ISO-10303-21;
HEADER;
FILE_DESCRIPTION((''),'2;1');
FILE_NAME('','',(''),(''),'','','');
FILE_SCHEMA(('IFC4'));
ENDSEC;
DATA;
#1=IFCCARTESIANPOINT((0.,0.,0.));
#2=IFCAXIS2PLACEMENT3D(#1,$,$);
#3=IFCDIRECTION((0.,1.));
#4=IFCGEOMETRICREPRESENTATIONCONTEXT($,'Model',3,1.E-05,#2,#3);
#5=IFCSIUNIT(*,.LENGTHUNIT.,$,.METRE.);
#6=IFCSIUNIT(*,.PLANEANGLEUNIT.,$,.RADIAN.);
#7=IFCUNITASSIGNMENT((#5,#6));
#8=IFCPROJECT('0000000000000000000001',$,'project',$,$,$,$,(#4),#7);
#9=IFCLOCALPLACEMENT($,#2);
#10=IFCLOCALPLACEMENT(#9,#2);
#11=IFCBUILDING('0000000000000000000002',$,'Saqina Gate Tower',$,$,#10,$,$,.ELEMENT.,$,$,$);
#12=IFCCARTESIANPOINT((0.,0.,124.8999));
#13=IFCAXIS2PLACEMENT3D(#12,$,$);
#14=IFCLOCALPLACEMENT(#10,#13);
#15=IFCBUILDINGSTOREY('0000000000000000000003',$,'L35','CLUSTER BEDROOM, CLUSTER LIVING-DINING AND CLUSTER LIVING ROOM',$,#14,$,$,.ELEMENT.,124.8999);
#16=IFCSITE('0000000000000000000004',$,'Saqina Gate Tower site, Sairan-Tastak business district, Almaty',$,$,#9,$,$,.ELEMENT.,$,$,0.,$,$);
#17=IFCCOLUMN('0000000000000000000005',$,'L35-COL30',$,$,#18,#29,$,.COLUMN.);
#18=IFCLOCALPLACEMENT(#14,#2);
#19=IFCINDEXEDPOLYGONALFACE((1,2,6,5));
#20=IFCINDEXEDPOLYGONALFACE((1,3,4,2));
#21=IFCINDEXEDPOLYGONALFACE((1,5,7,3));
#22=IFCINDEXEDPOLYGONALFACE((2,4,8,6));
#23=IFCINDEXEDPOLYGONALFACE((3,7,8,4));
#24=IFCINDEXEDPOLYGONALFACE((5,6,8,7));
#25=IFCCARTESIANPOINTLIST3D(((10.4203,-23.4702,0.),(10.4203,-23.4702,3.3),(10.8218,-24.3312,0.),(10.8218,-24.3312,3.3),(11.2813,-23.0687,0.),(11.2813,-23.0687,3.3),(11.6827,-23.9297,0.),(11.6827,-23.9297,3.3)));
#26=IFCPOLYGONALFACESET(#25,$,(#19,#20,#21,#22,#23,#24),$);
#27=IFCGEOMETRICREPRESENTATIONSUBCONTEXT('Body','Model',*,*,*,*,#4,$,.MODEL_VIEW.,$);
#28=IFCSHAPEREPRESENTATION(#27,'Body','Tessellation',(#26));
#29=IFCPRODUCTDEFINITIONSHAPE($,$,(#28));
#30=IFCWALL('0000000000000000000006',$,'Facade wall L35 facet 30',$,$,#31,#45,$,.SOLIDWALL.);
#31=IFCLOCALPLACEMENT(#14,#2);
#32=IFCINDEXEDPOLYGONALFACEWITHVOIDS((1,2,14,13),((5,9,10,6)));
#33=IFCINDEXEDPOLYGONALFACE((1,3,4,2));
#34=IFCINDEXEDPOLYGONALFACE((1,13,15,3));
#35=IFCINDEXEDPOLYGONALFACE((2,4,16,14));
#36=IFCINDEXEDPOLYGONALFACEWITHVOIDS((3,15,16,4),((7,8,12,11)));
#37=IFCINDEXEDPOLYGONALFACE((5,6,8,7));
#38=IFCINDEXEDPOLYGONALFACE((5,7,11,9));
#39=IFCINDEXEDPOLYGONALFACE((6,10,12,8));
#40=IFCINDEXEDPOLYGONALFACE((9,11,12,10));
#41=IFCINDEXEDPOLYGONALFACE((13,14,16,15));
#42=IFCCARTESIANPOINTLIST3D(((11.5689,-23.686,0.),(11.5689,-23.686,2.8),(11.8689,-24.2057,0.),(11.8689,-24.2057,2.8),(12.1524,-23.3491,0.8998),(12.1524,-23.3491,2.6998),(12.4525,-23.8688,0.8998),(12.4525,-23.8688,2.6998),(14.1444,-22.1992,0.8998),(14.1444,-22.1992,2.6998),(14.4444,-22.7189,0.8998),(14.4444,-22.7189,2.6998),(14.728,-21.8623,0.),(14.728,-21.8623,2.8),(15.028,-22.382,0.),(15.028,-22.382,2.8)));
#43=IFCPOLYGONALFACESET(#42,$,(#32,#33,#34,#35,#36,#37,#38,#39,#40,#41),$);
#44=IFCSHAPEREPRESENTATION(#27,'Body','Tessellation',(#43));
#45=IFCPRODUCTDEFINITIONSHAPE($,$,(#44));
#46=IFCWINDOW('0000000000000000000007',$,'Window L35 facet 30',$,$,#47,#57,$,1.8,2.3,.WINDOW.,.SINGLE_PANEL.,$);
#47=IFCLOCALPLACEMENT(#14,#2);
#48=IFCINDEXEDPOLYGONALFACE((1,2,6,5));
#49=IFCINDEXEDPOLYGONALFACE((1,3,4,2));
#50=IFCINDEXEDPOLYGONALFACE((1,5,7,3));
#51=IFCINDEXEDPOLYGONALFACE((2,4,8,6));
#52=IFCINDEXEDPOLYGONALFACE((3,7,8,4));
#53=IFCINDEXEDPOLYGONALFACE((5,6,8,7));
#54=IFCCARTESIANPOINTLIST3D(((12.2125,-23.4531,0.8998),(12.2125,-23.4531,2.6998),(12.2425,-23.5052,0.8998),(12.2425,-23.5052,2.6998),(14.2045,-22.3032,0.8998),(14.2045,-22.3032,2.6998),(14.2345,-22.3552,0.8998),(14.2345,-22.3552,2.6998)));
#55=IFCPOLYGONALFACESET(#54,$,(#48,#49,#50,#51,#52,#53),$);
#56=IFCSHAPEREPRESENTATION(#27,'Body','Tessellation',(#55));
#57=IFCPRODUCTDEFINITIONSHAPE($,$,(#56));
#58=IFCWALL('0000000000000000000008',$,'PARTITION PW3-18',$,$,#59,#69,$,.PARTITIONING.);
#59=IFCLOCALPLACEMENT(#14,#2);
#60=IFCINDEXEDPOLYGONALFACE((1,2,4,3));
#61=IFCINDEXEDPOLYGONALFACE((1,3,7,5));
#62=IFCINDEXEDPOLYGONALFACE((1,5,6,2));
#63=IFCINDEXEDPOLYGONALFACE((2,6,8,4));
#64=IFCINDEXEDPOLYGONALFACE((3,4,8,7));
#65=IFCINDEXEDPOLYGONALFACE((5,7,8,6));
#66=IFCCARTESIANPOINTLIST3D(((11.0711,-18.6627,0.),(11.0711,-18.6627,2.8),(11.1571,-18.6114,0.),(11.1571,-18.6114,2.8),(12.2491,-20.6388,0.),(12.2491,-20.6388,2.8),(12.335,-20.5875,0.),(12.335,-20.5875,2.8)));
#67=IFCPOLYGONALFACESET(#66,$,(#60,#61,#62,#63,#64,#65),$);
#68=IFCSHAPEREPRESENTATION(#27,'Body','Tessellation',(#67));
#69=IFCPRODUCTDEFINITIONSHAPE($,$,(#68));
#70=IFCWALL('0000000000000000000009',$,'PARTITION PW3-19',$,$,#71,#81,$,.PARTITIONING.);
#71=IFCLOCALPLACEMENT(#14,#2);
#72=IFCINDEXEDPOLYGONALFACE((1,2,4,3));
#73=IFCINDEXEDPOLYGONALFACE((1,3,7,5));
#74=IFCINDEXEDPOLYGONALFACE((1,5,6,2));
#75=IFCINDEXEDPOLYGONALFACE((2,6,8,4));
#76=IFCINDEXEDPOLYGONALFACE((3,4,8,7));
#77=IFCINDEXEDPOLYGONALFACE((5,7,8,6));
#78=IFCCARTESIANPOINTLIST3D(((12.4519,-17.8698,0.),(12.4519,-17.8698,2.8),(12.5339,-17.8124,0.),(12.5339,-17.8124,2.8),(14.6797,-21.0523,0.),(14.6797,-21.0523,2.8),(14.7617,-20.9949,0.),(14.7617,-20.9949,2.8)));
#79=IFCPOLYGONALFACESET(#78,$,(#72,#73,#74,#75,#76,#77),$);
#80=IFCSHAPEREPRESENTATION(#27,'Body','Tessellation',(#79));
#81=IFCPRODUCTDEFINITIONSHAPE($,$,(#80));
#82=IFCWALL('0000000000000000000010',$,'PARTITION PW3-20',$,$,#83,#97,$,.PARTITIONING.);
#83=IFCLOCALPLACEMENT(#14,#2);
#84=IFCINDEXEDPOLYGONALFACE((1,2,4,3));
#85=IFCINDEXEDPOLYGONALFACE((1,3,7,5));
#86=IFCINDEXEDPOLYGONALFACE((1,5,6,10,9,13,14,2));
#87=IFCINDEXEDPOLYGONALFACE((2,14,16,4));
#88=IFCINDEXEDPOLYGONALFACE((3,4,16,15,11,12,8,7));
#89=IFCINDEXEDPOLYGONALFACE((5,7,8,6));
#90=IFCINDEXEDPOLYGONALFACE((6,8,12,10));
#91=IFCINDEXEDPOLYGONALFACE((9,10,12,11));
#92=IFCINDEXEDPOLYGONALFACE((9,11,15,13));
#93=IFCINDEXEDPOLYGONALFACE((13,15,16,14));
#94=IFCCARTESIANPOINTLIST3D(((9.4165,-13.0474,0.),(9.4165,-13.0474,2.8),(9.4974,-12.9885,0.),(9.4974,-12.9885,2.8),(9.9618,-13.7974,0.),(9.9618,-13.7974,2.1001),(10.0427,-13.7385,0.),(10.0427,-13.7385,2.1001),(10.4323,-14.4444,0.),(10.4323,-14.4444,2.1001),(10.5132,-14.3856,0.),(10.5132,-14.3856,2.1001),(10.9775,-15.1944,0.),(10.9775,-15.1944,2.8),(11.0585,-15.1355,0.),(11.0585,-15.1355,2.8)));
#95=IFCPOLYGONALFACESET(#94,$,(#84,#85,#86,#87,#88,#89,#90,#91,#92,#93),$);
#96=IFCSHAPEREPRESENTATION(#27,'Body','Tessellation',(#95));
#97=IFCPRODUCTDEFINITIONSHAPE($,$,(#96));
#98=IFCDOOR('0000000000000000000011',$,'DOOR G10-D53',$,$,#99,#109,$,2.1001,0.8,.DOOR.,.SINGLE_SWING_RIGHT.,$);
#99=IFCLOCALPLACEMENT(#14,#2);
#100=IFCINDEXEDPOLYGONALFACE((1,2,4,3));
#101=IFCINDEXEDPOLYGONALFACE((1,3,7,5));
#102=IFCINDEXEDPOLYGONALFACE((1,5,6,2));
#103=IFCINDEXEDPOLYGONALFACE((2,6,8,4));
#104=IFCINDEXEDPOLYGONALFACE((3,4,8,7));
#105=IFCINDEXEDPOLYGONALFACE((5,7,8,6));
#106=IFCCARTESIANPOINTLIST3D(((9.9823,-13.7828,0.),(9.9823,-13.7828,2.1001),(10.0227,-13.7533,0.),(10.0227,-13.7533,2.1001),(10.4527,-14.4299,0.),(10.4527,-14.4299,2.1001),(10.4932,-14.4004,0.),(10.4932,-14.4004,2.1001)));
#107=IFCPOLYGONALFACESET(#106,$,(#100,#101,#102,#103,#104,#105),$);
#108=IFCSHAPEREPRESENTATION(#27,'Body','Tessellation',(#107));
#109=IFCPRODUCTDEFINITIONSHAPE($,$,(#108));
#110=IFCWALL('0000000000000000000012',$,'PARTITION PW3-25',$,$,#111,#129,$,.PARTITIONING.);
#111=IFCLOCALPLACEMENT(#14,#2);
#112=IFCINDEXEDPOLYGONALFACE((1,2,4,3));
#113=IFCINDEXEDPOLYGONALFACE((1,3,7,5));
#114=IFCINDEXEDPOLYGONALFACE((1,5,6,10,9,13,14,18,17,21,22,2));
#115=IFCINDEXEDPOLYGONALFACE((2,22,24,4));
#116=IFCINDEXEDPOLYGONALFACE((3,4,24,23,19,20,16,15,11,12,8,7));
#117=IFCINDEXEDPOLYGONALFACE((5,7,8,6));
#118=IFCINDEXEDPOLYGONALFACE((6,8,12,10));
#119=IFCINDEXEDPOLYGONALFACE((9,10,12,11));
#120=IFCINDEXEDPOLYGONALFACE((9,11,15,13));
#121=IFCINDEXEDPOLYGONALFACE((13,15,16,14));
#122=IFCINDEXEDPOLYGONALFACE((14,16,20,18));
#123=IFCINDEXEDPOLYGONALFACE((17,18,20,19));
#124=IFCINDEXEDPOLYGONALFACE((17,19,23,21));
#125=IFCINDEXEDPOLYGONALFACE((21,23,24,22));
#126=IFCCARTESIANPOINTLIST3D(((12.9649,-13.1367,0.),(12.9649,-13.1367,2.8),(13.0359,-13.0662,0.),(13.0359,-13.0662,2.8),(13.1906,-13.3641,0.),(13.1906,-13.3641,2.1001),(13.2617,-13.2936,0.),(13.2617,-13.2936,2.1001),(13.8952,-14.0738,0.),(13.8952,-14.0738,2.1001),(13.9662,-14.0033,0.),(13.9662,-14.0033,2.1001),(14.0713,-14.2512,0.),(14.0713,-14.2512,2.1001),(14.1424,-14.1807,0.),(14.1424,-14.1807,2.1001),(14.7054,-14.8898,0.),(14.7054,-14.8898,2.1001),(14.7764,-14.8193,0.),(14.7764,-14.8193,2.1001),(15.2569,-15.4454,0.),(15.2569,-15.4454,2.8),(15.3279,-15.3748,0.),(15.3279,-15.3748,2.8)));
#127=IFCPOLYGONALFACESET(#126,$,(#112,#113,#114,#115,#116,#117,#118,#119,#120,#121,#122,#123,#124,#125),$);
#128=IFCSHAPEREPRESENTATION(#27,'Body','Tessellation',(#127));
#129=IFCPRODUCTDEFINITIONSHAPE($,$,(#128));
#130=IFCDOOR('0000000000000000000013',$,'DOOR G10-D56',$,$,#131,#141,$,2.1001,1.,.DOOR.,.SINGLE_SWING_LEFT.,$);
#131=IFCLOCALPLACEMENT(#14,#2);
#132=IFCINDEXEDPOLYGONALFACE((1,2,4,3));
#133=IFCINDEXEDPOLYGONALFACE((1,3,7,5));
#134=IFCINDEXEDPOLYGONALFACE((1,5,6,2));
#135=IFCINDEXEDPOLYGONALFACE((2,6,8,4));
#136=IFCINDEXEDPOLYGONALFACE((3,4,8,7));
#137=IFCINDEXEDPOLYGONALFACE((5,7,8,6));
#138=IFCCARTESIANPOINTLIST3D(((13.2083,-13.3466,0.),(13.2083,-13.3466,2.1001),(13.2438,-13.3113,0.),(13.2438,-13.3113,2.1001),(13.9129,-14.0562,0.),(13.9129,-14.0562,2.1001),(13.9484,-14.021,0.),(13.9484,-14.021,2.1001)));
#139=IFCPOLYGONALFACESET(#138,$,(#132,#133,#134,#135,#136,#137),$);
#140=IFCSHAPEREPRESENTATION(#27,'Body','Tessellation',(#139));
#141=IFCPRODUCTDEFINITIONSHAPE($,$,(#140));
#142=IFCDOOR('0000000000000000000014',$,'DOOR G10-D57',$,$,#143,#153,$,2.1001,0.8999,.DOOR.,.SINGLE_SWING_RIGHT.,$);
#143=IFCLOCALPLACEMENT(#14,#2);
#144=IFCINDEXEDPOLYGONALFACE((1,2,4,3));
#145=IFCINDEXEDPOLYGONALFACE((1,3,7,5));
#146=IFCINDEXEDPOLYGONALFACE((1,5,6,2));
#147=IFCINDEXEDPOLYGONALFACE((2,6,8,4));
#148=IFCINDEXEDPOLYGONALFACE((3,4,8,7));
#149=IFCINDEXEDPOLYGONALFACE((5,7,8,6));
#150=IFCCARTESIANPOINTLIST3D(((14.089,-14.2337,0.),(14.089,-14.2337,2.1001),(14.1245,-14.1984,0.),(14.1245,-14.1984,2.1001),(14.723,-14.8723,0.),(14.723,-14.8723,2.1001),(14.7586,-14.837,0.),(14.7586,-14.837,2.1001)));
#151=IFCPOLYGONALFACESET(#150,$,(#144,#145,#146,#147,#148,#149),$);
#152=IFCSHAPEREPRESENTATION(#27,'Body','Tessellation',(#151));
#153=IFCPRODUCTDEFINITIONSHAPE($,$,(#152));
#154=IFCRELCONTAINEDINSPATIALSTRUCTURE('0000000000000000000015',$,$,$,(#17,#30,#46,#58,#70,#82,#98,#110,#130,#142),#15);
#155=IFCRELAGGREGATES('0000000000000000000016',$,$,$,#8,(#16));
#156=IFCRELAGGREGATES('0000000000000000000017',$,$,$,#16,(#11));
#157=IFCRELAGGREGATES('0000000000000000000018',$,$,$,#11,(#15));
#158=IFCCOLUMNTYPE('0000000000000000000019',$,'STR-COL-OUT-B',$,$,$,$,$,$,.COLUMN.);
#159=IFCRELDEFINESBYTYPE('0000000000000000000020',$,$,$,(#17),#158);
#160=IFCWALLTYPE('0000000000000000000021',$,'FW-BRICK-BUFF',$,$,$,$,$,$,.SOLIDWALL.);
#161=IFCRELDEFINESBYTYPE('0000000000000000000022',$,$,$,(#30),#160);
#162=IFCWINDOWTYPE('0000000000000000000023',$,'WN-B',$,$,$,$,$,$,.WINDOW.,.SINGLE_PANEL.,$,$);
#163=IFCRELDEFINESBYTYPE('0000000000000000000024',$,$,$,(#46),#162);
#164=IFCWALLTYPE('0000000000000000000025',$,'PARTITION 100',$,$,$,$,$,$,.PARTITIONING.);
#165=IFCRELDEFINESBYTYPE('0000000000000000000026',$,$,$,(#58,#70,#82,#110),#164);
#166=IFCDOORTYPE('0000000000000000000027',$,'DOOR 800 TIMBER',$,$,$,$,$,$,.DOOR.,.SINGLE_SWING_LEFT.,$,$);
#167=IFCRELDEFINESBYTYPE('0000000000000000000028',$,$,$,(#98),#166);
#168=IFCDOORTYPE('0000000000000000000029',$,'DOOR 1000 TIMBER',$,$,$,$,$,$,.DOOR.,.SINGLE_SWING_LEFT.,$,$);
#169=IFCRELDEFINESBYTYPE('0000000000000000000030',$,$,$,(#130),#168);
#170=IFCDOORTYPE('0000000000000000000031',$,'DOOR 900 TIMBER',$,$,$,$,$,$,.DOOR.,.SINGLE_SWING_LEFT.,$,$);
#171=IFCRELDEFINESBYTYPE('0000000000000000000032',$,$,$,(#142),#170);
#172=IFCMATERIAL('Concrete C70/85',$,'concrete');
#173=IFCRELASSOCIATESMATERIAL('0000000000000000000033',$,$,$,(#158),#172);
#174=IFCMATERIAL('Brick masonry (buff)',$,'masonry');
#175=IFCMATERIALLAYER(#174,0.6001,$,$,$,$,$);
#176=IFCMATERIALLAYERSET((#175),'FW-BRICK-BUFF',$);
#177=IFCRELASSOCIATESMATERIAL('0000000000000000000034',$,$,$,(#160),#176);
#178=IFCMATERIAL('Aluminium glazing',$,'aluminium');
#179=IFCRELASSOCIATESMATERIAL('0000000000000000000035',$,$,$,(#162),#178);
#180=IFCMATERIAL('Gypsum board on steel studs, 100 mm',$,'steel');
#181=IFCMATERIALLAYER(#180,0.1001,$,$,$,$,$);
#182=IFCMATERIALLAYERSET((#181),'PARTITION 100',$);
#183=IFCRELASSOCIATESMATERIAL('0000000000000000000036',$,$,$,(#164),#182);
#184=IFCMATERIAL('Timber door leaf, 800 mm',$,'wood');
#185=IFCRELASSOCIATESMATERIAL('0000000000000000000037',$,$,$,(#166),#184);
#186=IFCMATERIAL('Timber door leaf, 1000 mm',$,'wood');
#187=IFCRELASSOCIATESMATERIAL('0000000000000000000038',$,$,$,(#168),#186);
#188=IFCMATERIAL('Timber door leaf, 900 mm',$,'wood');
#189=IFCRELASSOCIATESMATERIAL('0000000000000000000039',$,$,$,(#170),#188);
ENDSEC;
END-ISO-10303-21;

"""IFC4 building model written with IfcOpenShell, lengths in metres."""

from ifc_helpers import new_model, si_unit, direction, frame, frame_2d, origin, origin_2d, place, context, subcontext, project, spatial, rectangle, extrude, material, layer, layer_set, material_profile, profile_set, type_object, element, fill, save


model = new_model("IFC4")

# Units and contexts
model_context = context("Model", 3, precision=1e-05, world=origin(), true_north=direction((0.0, 1.0)))
body_context = subcontext(model_context, "Body", "Model", "MODEL_VIEW")
ifc_project = project(units=[si_unit("LENGTHUNIT", "METRE"), si_unit("PLANEANGLEUNIT", "RADIAN")], contexts=[model_context])

# Site, building, storey
site_placement = place(None, origin())
site = spatial("IfcSite", under=ifc_project, at=site_placement, Name="Saqina Gate Tower site, Sairan-Tastak business district, Almaty", CompositionType="ELEMENT", RefElevation=0.0)
building_placement = place(site_placement, origin())
building = spatial("IfcBuilding", under=site, at=building_placement, Name="Saqina Gate Tower", CompositionType="ELEMENT")
storey_placement = place(building_placement, frame((0.0, 0.0, 124.8999)))
storey = spatial("IfcBuildingStorey", under=building, at=storey_placement, Name="L35", Description="CLUSTER BEDROOM, CLUSTER LIVING-DINING AND CLUSTER LIVING ROOM", CompositionType="ELEMENT", Elevation=124.8999)

# Column
ifc_material_1 = material(Name="Concrete C70/85", Category="concrete")
ifc_material_profile = material_profile(ifc_material_1, rectangle(XDim=0.95, YDim=0.95, at=origin_2d()), Name="RC 950x950")
ifc_profile_set = profile_set([ifc_material_profile], Name="Concrete C70/85")
column_type = type_object("IfcColumnType", Name="STR-COL-OUT-B", PredefinedType="COLUMN", material=ifc_profile_set)
column_placement = place(storey_placement, frame((11.0515, -23.7, 0.0), z_axis=(0.0, 0.0, 1.0), x_axis=(0.422618, -0.906308, 0.0)))
element("IfcColumn", 1, at=column_placement, inside=storey, type_object=column_type, Name="L35-COL30", PredefinedType="COLUMN", context=body_context, shape_type="SweptSolid", body=[
    extrude(rectangle(XDim=0.95, YDim=0.95, at=origin_2d()), origin(), (0.0, 0.0, 1.0), 3.3),
])

# Wall, opening, window
ifc_material_2 = material(Name="Brick masonry (buff)", Category="masonry")
ifc_layer_1 = layer(ifc_material_2, 0.6001)
ifc_layer_set_1 = layer_set([ifc_layer_1], Name="FW-BRICK-BUFF")
wall_type_1 = type_object("IfcWallType", Name="FW-BRICK-BUFF", PredefinedType="SOLIDWALL", material=ifc_layer_set_1)
wall_1_placement = place(storey_placement, frame((11.719, -23.9458, 0.0), z_axis=(0.0, 0.0, 1.0), x_axis=(0.866052, 0.499954, 0.0)))
wall_1 = element("IfcWall", 2, at=wall_1_placement, inside=storey, type_object=wall_type_1, Name="Facade wall L35 facet 30", PredefinedType="SOLIDWALL", context=body_context, shape_type="SweptSolid", body=[
    extrude(rectangle(XDim=3.6477, YDim=0.6001, at=frame_2d((1.8237, 0.0))), origin(), (0.0, 0.0, 1.0), 2.8),
])
opening_1_placement = place(wall_1_placement, frame((0.6738, 0.0, 0.8999)))
opening_1 = element("IfcOpeningElement", 3, at=opening_1_placement, cuts=wall_1, PredefinedType="OPENING", context=body_context, shape_type="SweptSolid", body=[
    extrude(rectangle(XDim=2.3, YDim=1.8, at=frame_2d((1.1499, 0.8999))), frame((0.0, 0.312, 0.0), z_axis=(0.0, -1.0, 0.0), x_axis=(1.0, 0.0, 0.0)), (0.0, 0.0, 1.0), 0.624),
])
ifc_material_3 = material(Name="Aluminium glazing", Category="aluminium")
window_type = type_object("IfcWindowType", Name="WN-B", PartitioningType="SINGLE_PANEL", PredefinedType="WINDOW", material=ifc_material_3)
window_placement = place(opening_1_placement, origin())
window = element("IfcWindow", 4, at=window_placement, inside=storey, type_object=window_type, Name="Window L35 facet 30", OverallHeight=1.8, OverallWidth=2.3, PartitioningType="SINGLE_PANEL", PredefinedType="WINDOW", context=body_context, shape_type="SweptSolid", body=[
    extrude(rectangle(XDim=2.3, YDim=1.8, at=frame_2d((1.1499, 0.8999))), frame((0.0, 0.1799, 0.0), z_axis=(0.0, -1.0, 0.0), x_axis=(1.0, 0.0, 0.0)), (0.0, 0.0, 1.0), 0.0601),
])
fill(opening_1, window)

# Walls
ifc_material_4 = material(Name="Gypsum board on steel studs, 100 mm", Category="steel")
ifc_layer_2 = layer(ifc_material_4, 0.1001)
ifc_layer_set_2 = layer_set([ifc_layer_2], Name="PARTITION 100")
wall_type_2 = type_object("IfcWallType", Name="PARTITION 100", PredefinedType="PARTITIONING", material=ifc_layer_set_2)
wall_2_placement = place(storey_placement, frame((11.114, -18.637, 0.0), z_axis=(0.0, 0.0, 1.0), x_axis=(0.512043, -0.85896, 0.0)))
element("IfcWall", 5, at=wall_2_placement, inside=storey, type_object=wall_type_2, Name="PARTITION PW3-18", PredefinedType="PARTITIONING", context=body_context, shape_type="SweptSolid", body=[
    extrude(rectangle(XDim=2.3005, YDim=0.1001, at=frame_2d((1.1504, 0.0))), origin(), (0.0, 0.0, 1.0), 2.8),
])
wall_3_placement = place(storey_placement, frame((12.4929, -17.8411, 0.0), z_axis=(0.0, 0.0, 1.0), x_axis=(0.573454, -0.819238, 0.0)))
element("IfcWall", 6, at=wall_3_placement, inside=storey, type_object=wall_type_2, Name="PARTITION PW3-19", PredefinedType="PARTITIONING", context=body_context, shape_type="SweptSolid", body=[
    extrude(rectangle(XDim=3.8848, YDim=0.1001, at=frame_2d((1.9424, 0.0))), origin(), (0.0, 0.0, 1.0), 2.8),
])

# Wall, opening, door
wall_4_placement = place(storey_placement, frame((9.457, -13.0181, 0.0), z_axis=(0.0, 0.0, 1.0), x_axis=(0.588073, -0.808808, 0.0)))
wall_4 = element("IfcWall", 7, at=wall_4_placement, inside=storey, type_object=wall_type_2, Name="PARTITION PW3-20", PredefinedType="PARTITIONING", context=body_context, shape_type="SweptSolid", body=[
    extrude(rectangle(XDim=2.6545, YDim=0.1001, at=frame_2d((1.3271, 0.0))), origin(), (0.0, 0.0, 1.0), 2.8),
])
opening_2_placement = place(wall_4_placement, frame((0.9272, 0.0, 0.0)))
opening_2 = element("IfcOpeningElement", 8, at=opening_2_placement, cuts=wall_4, PredefinedType="OPENING", context=body_context, shape_type="SweptSolid", body=[
    extrude(rectangle(XDim=0.8, YDim=2.1001, at=frame_2d((0.3999, 1.05))), frame((0.0, 0.062, 0.0), z_axis=(0.0, -1.0, 0.0), x_axis=(1.0, 0.0, 0.0)), (0.0, 0.0, 1.0), 0.124),
])
ifc_material_5 = material(Name="Timber door leaf, 800 mm", Category="wood")
door_type_1 = type_object("IfcDoorType", Name="DOOR 800 TIMBER", OperationType="SINGLE_SWING_LEFT", PredefinedType="DOOR", material=ifc_material_5)
door_1_placement = place(opening_2_placement, frame((0.8, 0.0, 0.0), z_axis=(0.0, 0.0, 1.0), x_axis=(-1.0, 0.0, 0.0)))
door_1 = element("IfcDoor", 9, at=door_1_placement, inside=storey, type_object=door_type_1, Name="DOOR G10-D53", OperationType="SINGLE_SWING_RIGHT", OverallHeight=2.1001, OverallWidth=0.8, PredefinedType="DOOR", context=body_context, shape_type="SweptSolid", body=[
    extrude(rectangle(XDim=0.8, YDim=2.1001, at=frame_2d((0.3999, 1.05))), frame((0.0, 0.0249, 0.0), z_axis=(0.0, -1.0, 0.0), x_axis=(1.0, 0.0, 0.0)), (0.0, 0.0, 1.0), 0.05),
])
fill(opening_2, door_1)

# Wall, openings, doors
wall_5_placement = place(storey_placement, frame((13.0005, -13.1016, 0.0), z_axis=(0.0, 0.0, 1.0), x_axis=(0.704551, -0.709654, 0.0)))
wall_5 = element("IfcWall", 10, at=wall_5_placement, inside=storey, type_object=wall_type_2, Name="PARTITION PW3-25", PredefinedType="PARTITIONING", context=body_context, shape_type="SweptSolid", body=[
    extrude(rectangle(XDim=3.2532, YDim=0.1001, at=frame_2d((1.6265, 0.0))), origin(), (0.0, 0.0, 1.0), 2.8),
])
opening_3_placement = place(wall_5_placement, frame((0.3203, 0.0, 0.0)))
opening_3 = element("IfcOpeningElement", 11, at=opening_3_placement, cuts=wall_5, PredefinedType="OPENING", context=body_context, shape_type="SweptSolid", body=[
    extrude(rectangle(XDim=1.0, YDim=2.1001, at=frame_2d((0.5, 1.05))), frame((0.0, 0.062, 0.0), z_axis=(0.0, -1.0, 0.0), x_axis=(1.0, 0.0, 0.0)), (0.0, 0.0, 1.0), 0.124),
])
opening_4_placement = place(wall_5_placement, frame((1.5703, 0.0, 0.0)))
opening_4 = element("IfcOpeningElement", 12, at=opening_4_placement, cuts=wall_5, PredefinedType="OPENING", context=body_context, shape_type="SweptSolid", body=[
    extrude(rectangle(XDim=0.8999, YDim=2.1001, at=frame_2d((0.45, 1.05))), frame((0.0, 0.062, 0.0), z_axis=(0.0, -1.0, 0.0), x_axis=(1.0, 0.0, 0.0)), (0.0, 0.0, 1.0), 0.124),
])
ifc_material_6 = material(Name="Timber door leaf, 1000 mm", Category="wood")
door_type_2 = type_object("IfcDoorType", Name="DOOR 1000 TIMBER", OperationType="SINGLE_SWING_LEFT", PredefinedType="DOOR", material=ifc_material_6)
door_2_placement = place(opening_3_placement, origin())
door_2 = element("IfcDoor", 13, at=door_2_placement, inside=storey, type_object=door_type_2, Name="DOOR G10-D56", OperationType="SINGLE_SWING_LEFT", OverallHeight=2.1001, OverallWidth=1.0, PredefinedType="DOOR", context=body_context, shape_type="SweptSolid", body=[
    extrude(rectangle(XDim=1.0, YDim=2.1001, at=frame_2d((0.5, 1.05))), frame((0.0, 0.0249, 0.0), z_axis=(0.0, -1.0, 0.0), x_axis=(1.0, 0.0, 0.0)), (0.0, 0.0, 1.0), 0.05),
])
fill(opening_3, door_2)
ifc_material_7 = material(Name="Timber door leaf, 900 mm", Category="wood")
door_type_3 = type_object("IfcDoorType", Name="DOOR 900 TIMBER", OperationType="SINGLE_SWING_LEFT", PredefinedType="DOOR", material=ifc_material_7)
door_3_placement = place(opening_4_placement, origin())
door_3 = element("IfcDoor", 14, at=door_3_placement, inside=storey, type_object=door_type_3, Name="DOOR G10-D57", OperationType="SINGLE_SWING_RIGHT", OverallHeight=2.1001, OverallWidth=0.8999, PredefinedType="DOOR", context=body_context, shape_type="SweptSolid", body=[
    extrude(rectangle(XDim=0.8999, YDim=2.1001, at=frame_2d((0.45, 1.05))), frame((0.0, 0.0249, 0.0), z_axis=(0.0, -1.0, 0.0), x_axis=(1.0, 0.0, 0.0)), (0.0, 0.0, 1.0), 0.05),
])
fill(opening_4, door_3)

save(model, "model.ifc")
